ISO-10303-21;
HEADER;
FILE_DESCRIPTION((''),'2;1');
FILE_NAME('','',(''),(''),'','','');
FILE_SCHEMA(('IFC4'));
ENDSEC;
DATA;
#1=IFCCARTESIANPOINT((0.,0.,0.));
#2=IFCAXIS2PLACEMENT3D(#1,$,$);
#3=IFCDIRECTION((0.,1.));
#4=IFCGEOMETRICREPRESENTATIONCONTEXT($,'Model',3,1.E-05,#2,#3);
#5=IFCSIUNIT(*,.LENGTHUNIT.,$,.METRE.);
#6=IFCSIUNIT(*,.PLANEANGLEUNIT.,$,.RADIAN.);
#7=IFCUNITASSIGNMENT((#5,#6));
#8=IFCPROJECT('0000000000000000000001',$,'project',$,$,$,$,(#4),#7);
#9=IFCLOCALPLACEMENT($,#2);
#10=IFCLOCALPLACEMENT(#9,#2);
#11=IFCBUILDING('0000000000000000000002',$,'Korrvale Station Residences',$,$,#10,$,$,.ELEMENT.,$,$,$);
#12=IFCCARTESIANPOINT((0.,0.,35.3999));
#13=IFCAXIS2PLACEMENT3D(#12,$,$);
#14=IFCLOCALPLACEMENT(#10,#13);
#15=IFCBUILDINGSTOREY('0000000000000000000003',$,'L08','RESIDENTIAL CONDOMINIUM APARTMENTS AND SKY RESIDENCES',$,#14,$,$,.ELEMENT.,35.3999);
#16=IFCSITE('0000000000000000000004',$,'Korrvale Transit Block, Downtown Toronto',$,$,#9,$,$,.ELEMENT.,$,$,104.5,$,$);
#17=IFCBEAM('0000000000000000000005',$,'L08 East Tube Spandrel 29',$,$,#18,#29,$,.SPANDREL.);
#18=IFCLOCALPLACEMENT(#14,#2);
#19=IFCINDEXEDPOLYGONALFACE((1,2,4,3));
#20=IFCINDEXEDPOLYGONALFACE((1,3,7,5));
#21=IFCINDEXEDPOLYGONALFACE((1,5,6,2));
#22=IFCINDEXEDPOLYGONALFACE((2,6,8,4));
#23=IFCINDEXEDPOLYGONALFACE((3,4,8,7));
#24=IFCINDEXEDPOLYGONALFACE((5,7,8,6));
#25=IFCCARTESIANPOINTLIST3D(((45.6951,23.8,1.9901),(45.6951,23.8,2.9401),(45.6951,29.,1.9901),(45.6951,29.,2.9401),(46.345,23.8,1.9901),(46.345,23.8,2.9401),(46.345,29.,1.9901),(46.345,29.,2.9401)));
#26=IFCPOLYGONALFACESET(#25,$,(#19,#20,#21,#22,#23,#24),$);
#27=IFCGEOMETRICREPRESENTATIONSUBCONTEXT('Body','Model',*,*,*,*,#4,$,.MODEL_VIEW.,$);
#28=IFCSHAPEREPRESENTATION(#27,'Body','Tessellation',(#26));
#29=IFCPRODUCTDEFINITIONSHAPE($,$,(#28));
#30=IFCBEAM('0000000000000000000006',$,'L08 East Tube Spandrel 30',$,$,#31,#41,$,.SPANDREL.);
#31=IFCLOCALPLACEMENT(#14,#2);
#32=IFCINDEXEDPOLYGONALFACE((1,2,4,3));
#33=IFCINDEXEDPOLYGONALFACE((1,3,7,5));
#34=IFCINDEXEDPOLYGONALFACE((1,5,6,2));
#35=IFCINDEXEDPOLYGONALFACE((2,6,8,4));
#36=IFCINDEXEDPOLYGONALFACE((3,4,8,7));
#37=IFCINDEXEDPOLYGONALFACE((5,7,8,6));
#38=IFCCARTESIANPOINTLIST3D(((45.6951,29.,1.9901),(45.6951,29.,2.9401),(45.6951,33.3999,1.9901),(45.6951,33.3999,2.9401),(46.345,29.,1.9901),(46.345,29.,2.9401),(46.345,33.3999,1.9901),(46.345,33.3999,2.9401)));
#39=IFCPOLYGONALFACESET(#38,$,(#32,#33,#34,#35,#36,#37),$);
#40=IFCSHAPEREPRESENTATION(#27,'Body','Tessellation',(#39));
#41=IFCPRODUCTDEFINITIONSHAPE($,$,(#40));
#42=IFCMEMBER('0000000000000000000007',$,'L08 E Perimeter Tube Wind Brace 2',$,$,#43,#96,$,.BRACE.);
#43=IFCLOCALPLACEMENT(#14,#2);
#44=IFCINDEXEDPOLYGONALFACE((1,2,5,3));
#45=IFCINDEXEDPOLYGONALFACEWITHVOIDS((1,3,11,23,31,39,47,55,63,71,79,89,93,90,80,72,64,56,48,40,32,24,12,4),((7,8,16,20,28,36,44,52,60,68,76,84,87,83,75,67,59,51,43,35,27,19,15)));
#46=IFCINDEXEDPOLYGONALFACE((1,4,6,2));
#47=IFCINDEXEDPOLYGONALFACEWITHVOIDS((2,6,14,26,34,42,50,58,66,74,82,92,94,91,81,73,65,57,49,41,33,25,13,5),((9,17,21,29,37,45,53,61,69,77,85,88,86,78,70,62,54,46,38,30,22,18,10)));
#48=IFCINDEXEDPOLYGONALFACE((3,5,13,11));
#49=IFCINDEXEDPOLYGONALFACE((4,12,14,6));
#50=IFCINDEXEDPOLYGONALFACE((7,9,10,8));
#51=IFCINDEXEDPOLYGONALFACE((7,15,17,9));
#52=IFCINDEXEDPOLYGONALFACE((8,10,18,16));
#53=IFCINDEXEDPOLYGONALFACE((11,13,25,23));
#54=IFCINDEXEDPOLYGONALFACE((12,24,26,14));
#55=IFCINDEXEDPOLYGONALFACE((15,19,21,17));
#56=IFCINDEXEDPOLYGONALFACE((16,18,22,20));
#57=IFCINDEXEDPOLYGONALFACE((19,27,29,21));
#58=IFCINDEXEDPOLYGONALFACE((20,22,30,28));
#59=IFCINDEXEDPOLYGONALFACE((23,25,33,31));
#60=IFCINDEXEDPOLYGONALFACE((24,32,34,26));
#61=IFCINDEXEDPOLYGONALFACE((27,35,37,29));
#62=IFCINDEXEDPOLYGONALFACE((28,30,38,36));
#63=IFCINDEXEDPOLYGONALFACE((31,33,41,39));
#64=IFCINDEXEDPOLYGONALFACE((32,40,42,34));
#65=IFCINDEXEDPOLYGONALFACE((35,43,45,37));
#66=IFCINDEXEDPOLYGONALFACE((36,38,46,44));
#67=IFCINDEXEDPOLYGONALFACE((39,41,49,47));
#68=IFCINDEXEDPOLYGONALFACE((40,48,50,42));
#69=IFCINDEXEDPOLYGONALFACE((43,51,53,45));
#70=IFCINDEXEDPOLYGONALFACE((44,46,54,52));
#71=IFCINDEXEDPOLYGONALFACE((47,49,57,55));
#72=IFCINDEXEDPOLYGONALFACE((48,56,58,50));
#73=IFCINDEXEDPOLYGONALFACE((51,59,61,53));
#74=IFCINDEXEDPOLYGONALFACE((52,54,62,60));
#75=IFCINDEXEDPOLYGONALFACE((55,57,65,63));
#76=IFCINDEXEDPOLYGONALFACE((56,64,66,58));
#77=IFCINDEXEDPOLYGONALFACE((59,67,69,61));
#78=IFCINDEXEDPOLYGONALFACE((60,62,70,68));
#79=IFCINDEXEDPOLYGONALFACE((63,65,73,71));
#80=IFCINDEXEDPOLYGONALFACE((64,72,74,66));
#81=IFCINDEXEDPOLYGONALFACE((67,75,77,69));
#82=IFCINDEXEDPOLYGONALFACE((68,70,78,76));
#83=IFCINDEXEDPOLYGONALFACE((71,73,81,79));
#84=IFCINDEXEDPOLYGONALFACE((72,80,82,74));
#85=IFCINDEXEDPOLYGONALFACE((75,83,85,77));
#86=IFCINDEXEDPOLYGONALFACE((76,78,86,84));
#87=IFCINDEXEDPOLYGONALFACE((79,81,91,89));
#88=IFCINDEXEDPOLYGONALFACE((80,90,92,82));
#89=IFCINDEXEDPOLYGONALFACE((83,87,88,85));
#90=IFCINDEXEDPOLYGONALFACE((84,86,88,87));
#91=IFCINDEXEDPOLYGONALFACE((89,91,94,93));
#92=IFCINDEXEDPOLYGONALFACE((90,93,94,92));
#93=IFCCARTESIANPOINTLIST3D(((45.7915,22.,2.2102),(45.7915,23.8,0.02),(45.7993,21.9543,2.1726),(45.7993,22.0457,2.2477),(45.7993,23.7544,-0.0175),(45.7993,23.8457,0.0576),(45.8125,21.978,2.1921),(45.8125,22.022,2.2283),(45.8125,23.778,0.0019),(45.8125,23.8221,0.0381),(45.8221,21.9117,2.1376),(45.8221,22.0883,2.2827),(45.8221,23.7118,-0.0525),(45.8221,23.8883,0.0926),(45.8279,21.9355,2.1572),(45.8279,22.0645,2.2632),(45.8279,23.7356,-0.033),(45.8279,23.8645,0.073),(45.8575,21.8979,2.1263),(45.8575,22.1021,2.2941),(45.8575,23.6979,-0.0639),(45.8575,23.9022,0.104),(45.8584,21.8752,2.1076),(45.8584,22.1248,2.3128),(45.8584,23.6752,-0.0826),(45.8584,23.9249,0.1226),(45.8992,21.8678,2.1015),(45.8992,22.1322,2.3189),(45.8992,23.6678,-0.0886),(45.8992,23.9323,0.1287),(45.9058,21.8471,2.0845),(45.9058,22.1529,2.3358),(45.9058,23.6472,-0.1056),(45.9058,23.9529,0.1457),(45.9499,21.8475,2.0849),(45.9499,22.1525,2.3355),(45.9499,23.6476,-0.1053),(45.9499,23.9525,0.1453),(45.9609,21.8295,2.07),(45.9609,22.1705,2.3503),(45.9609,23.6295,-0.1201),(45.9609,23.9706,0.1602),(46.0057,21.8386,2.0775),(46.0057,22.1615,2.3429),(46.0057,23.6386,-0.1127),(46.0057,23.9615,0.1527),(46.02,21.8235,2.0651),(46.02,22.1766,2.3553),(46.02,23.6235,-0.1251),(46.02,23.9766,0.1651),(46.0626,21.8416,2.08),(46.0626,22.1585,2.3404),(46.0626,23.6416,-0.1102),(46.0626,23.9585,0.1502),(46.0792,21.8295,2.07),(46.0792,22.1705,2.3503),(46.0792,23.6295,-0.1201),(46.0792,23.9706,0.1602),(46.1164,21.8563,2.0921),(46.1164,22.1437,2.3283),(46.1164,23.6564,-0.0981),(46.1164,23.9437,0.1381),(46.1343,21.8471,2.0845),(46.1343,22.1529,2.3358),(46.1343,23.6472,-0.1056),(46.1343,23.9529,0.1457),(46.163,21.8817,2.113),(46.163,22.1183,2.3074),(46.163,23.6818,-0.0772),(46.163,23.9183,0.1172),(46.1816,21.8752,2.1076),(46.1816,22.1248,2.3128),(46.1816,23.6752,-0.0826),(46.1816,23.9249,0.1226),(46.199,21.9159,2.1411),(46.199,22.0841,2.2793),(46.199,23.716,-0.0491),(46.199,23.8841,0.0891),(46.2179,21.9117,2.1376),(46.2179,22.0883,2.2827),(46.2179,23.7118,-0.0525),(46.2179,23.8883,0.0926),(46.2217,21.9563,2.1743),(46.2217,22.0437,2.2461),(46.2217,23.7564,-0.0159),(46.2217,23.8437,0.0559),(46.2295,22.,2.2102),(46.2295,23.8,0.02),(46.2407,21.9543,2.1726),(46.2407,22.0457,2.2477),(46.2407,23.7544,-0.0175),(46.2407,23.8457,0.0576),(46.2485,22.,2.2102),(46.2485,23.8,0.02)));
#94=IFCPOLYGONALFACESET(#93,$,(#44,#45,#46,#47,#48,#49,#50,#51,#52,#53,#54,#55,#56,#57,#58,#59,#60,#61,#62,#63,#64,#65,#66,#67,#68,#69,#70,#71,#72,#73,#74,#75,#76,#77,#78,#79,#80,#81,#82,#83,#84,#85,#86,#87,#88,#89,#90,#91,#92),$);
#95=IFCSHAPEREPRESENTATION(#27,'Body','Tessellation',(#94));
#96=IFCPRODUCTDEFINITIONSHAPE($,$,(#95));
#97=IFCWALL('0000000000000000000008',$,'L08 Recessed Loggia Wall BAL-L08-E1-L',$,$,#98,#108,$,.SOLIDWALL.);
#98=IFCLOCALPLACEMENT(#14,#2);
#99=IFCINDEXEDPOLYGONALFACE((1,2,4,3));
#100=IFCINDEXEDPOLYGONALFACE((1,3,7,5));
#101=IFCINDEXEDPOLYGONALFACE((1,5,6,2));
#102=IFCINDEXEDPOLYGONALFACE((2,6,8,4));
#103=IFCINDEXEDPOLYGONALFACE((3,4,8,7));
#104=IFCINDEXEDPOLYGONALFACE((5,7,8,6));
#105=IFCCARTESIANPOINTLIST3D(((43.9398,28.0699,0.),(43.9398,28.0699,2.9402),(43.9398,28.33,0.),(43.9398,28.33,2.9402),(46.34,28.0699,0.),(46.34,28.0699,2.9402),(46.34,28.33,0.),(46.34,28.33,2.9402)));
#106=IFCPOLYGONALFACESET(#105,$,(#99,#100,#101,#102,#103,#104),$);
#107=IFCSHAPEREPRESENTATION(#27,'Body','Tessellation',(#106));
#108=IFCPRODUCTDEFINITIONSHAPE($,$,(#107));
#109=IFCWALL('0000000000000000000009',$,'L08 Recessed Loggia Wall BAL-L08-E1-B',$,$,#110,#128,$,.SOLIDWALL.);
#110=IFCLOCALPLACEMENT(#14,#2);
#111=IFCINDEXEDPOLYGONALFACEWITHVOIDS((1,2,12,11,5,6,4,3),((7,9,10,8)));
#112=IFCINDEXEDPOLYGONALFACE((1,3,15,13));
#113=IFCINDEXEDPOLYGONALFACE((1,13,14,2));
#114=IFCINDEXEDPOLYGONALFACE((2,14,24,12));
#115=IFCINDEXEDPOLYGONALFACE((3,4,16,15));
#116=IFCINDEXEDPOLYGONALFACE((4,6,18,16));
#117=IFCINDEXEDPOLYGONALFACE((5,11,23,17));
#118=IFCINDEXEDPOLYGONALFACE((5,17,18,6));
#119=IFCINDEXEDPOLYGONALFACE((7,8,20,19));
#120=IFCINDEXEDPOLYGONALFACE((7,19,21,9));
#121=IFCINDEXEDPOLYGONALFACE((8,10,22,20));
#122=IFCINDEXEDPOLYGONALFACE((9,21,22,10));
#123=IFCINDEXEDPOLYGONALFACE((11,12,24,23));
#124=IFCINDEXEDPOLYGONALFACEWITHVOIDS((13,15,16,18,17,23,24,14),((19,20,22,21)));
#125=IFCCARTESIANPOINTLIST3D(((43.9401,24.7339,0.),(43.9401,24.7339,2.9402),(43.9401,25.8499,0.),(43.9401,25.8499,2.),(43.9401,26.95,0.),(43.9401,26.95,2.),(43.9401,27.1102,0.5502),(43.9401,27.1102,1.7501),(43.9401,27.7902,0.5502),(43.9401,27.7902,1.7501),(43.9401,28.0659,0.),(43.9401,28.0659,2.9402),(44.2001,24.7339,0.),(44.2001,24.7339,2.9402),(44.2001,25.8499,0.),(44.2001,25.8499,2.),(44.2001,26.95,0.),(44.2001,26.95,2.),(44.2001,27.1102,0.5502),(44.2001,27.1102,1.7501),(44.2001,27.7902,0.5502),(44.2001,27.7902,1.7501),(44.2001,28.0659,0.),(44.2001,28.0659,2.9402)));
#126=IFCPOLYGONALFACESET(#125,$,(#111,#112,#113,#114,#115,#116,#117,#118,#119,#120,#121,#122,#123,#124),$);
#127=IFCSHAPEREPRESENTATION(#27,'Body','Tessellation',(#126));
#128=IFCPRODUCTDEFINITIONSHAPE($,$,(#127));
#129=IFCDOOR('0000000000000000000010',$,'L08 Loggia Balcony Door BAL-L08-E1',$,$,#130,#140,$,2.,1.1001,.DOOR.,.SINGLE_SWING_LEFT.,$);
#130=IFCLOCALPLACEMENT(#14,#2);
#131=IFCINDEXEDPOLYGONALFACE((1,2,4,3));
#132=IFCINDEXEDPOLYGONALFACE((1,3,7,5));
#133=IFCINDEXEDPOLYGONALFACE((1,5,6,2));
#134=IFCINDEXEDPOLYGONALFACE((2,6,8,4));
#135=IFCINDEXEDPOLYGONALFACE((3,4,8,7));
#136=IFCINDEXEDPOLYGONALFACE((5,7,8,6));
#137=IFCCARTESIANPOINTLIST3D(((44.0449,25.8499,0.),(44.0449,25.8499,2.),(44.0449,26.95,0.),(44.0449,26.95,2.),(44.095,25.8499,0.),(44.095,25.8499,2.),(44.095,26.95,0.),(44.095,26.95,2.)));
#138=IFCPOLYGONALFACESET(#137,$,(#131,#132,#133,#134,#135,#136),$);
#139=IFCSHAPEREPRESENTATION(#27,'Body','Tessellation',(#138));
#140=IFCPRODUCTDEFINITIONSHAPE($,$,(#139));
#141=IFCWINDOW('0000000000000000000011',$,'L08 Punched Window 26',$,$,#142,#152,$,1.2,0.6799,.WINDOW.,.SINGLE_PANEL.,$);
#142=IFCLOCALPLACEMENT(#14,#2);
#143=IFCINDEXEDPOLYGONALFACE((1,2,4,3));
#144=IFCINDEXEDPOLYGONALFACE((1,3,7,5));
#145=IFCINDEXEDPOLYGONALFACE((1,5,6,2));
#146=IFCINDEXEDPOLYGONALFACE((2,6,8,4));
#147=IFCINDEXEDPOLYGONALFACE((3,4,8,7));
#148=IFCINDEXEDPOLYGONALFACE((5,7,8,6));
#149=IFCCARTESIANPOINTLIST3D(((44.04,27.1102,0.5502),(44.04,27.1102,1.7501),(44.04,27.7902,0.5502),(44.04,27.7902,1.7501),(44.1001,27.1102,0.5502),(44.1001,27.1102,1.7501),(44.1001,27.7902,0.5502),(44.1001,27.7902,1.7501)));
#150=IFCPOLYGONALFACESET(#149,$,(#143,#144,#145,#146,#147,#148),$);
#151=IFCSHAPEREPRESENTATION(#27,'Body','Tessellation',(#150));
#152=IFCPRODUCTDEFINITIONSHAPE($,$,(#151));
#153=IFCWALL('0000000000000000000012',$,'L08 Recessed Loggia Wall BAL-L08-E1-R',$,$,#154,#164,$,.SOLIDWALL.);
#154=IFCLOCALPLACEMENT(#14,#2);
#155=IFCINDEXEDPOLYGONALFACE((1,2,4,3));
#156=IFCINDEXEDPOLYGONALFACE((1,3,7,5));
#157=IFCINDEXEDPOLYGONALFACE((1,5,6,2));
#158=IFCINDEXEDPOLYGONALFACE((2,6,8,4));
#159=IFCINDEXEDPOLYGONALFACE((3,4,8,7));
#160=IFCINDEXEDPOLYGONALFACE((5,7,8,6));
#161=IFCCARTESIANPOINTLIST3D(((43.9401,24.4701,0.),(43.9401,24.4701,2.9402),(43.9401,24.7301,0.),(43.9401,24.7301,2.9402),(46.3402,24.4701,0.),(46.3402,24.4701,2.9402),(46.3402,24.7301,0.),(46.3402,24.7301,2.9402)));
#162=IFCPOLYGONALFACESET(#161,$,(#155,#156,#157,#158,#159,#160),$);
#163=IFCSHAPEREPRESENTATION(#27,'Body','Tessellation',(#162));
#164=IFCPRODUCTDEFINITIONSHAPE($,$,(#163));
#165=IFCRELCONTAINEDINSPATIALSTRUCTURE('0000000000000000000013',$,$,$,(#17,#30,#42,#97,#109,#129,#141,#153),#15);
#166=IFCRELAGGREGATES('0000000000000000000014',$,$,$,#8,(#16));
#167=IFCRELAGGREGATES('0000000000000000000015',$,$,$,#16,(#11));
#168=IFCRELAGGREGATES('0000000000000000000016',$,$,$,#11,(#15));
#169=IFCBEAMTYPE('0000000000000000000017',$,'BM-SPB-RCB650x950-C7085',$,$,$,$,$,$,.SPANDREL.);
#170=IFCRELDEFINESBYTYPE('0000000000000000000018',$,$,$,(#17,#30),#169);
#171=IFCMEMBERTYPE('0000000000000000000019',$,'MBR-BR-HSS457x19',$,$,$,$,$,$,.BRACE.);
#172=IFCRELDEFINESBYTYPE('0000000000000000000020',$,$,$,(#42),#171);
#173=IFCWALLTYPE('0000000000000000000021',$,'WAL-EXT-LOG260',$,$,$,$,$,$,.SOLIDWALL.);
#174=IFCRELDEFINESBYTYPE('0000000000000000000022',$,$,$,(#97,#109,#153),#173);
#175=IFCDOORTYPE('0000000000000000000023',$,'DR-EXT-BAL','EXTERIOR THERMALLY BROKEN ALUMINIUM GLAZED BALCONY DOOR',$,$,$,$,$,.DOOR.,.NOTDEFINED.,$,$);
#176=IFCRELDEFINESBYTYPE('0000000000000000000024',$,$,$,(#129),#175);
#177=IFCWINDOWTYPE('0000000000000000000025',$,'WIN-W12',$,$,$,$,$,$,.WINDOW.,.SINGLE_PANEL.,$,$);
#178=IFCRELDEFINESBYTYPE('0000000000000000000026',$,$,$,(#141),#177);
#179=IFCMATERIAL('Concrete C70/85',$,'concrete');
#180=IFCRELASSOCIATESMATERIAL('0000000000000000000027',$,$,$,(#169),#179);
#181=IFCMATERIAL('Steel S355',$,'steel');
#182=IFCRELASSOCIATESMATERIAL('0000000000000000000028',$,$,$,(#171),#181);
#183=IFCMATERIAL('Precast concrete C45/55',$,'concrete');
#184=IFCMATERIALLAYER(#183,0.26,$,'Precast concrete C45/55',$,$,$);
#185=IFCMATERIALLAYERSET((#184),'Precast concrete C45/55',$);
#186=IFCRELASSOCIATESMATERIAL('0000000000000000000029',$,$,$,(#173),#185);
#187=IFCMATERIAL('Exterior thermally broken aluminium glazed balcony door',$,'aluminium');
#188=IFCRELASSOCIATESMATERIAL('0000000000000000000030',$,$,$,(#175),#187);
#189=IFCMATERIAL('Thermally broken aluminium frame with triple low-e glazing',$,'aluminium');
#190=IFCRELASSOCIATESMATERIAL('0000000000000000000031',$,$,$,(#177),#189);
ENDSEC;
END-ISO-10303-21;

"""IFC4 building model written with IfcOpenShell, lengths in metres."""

from ifc_helpers import new_model, si_unit, direction, frame, frame_2d, origin, origin_2d, place, context, subcontext, project, spatial, rectangle, hollow_circle, extrude, material, layer, layer_set, material_profile, profile_set, type_object, element, fill, save


model = new_model("IFC4")

# Units and contexts
model_context = context("Model", 3, precision=1e-05, world=origin(), true_north=direction((0.0, 1.0)))
body_context = subcontext(model_context, "Body", "Model", "MODEL_VIEW")
ifc_project = project(units=[si_unit("LENGTHUNIT", "METRE"), si_unit("PLANEANGLEUNIT", "RADIAN")], contexts=[model_context])

# Site, building, storey
site_placement = place(None, origin())
site = spatial("IfcSite", under=ifc_project, at=site_placement, Name="Korrvale Transit Block, Downtown Toronto", CompositionType="ELEMENT", RefElevation=104.5)
building_placement = place(site_placement, origin())
building = spatial("IfcBuilding", under=site, at=building_placement, Name="Korrvale Station Residences", CompositionType="ELEMENT")
storey_placement = place(building_placement, frame((0.0, 0.0, 35.3999)))
storey = spatial("IfcBuildingStorey", under=building, at=storey_placement, Name="L08", Description="RESIDENTIAL CONDOMINIUM APARTMENTS AND SKY RESIDENCES", CompositionType="ELEMENT", Elevation=35.3999)

# Shared definitions
ifc_material_1 = material(Name="Concrete C70/85", Category="concrete")

# Beams
ifc_material_2 = material(Name="Steel S355", Category="steel")
ifc_material_profile_1 = material_profile(ifc_material_1, rectangle(XDim=0.6499, YDim=0.95, at=origin_2d()), Name="RCB650x950")
ifc_profile_set_1 = profile_set([ifc_material_profile_1], Name="Concrete C70/85")
beam_type_1 = type_object("IfcBeamType", Name="BM-SPB-RCB650x950-C7085", PredefinedType="SPANDREL", material=ifc_profile_set_1)
beam_1_placement = place(storey_placement, frame((46.02, 23.8, 2.4651), z_axis=(0.0, 1.0, 0.0), x_axis=(-1.0, 0.0, 0.0)))
element("IfcBeam", 1, at=beam_1_placement, inside=storey, type_object=beam_type_1, Name="L08 East Tube Spandrel 29", PredefinedType="SPANDREL", context=body_context, shape_type="SweptSolid", body=[
    extrude(rectangle(XDim=0.6499, YDim=0.95, at=origin_2d()), origin(), (0.0, 0.0, 1.0), 5.2),
])
beam_2_placement = place(storey_placement, frame((46.02, 29.0, 2.4651), z_axis=(0.0, 1.0, 0.0), x_axis=(-1.0, 0.0, 0.0)))
element("IfcBeam", 2, at=beam_2_placement, inside=storey, type_object=beam_type_1, Name="L08 East Tube Spandrel 30", PredefinedType="SPANDREL", context=body_context, shape_type="SweptSolid", body=[
    extrude(rectangle(XDim=0.6499, YDim=0.95, at=origin_2d()), origin(), (0.0, 0.0, 1.0), 4.3999),
])

# Member
ifc_material_profile_2 = material_profile(ifc_material_2, hollow_circle(Radius=0.2285, WallThickness=0.019, at=origin_2d()), Name="HSS457x19")
ifc_profile_set_2 = profile_set([ifc_material_profile_2], Name="Steel S355")
member_type = type_object("IfcMemberType", Name="MBR-BR-HSS457x19", PredefinedType="BRACE", material=ifc_profile_set_2)
member_placement = place(storey_placement, frame((46.02, 23.8, 0.02), z_axis=(0.0, -0.634943, 0.772559), x_axis=(1.0, 0.0, 0.0)))
element("IfcMember", 3, at=member_placement, inside=storey, type_object=member_type, Name="L08 E Perimeter Tube Wind Brace 2", PredefinedType="BRACE", context=body_context, shape_type="SweptSolid", body=[
    extrude(hollow_circle(Radius=0.2285, WallThickness=0.019, at=origin_2d()), origin(), (0.0, 0.0, 1.0), 2.835),
])

# Wall
ifc_material_3 = material(Name="Precast concrete C45/55", Category="concrete")
ifc_layer_1 = layer(ifc_material_3, 0.26, Name="Precast concrete C45/55")
ifc_layer_set_1 = layer_set([ifc_layer_1], Name="Precast concrete C45/55")
wall_type_1 = type_object("IfcWallType", Name="WAL-EXT-LOG260", PredefinedType="SOLIDWALL", material=ifc_layer_set_1)
wall_1_placement = place(storey_placement, frame((46.3401, 28.2, 0.0), z_axis=(0.0, 0.0, 1.0), x_axis=(-1.0, 0.0, 0.0)))
element("IfcWall", 4, at=wall_1_placement, inside=storey, type_object=wall_type_1, Name="L08 Recessed Loggia Wall BAL-L08-E1-L", PredefinedType="SOLIDWALL", context=body_context, shape_type="SweptSolid", body=[
    extrude(rectangle(XDim=2.4001, YDim=0.26, at=frame_2d((1.2002, 0.0))), origin(), (0.0, 0.0, 1.0), 2.9402),
])

# Wall, openings, door, window
wall_2_placement = place(storey_placement, frame((44.0701, 28.0659, 0.0), z_axis=(0.0, 0.0, 1.0), x_axis=(0.0, -1.0, 0.0)))
wall_2 = element("IfcWall", 5, at=wall_2_placement, inside=storey, type_object=wall_type_1, Name="L08 Recessed Loggia Wall BAL-L08-E1-B", PredefinedType="SOLIDWALL", context=body_context, shape_type="SweptSolid", body=[
    extrude(rectangle(XDim=3.332, YDim=0.26, at=frame_2d((1.666, 0.0))), origin(), (0.0, 0.0, 1.0), 2.9402),
])
opening_1_placement = place(wall_2_placement, frame((1.116, 0.0, 0.0)))
opening_1 = element("IfcOpeningElement", 6, at=opening_1_placement, cuts=wall_2, PredefinedType="OPENING", context=body_context, shape_type="SweptSolid", body=[
    extrude(rectangle(XDim=1.1001, YDim=2.0, at=frame_2d((0.55, 1.0))), frame((0.0, 0.1401, 0.0), z_axis=(0.0, -1.0, 0.0), x_axis=(1.0, 0.0, 0.0)), (0.0, 0.0, 1.0), 0.28),
])
opening_2_placement = place(wall_2_placement, frame((0.2759, 0.0, 0.55)))
opening_2 = element("IfcOpeningElement", 7, at=opening_2_placement, cuts=wall_2, PredefinedType="OPENING", context=body_context, shape_type="SweptSolid", body=[
    extrude(rectangle(XDim=0.6799, YDim=1.2, at=frame_2d((0.3398, 0.6001))), frame((0.0, 0.1401, 0.0), z_axis=(0.0, -1.0, 0.0), x_axis=(1.0, 0.0, 0.0)), (0.0, 0.0, 1.0), 0.28),
])
ifc_material_4 = material(Name="Exterior thermally broken aluminium glazed balcony door", Category="aluminium")
door_type_1 = type_object("IfcDoorType", Name="DR-EXT-BAL", Description="EXTERIOR THERMALLY BROKEN ALUMINIUM GLAZED BALCONY DOOR", OperationType="NOTDEFINED", PredefinedType="DOOR", material=ifc_material_4)
door_1_placement = place(opening_1_placement, origin())
door_1 = element("IfcDoor", 8, at=door_1_placement, inside=storey, type_object=door_type_1, Name="L08 Loggia Balcony Door BAL-L08-E1", OperationType="SINGLE_SWING_LEFT", OverallHeight=2.0, OverallWidth=1.1001, PredefinedType="DOOR", context=body_context, shape_type="SweptSolid", body=[
    extrude(rectangle(XDim=1.1001, YDim=2.0, at=frame_2d((0.55, 1.0))), frame((0.0, 0.0249, 0.0), z_axis=(0.0, -1.0, 0.0), x_axis=(1.0, 0.0, 0.0)), (0.0, 0.0, 1.0), 0.05),
])
fill(opening_1, door_1)
ifc_material_5 = material(Name="Thermally broken aluminium frame with triple low-e glazing", Category="aluminium")
window_type_1 = type_object("IfcWindowType", Name="WIN-W12", PartitioningType="SINGLE_PANEL", PredefinedType="WINDOW", material=ifc_material_5)
window_1_placement = place(opening_2_placement, origin())
window_1 = element("IfcWindow", 9, at=window_1_placement, inside=storey, type_object=window_type_1, Name="L08 Punched Window 26", OverallHeight=1.2, OverallWidth=0.6799, PartitioningType="SINGLE_PANEL", PredefinedType="WINDOW", context=body_context, shape_type="SweptSolid", body=[
    extrude(rectangle(XDim=0.6799, YDim=1.2, at=frame_2d((0.3398, 0.6001))), frame((0.0, 0.03, 0.0), z_axis=(0.0, -1.0, 0.0), x_axis=(1.0, 0.0, 0.0)), (0.0, 0.0, 1.0), 0.0601),
])
fill(opening_2, window_1)

# Wall
wall_3_placement = place(storey_placement, frame((43.9399, 24.6001, 0.0), z_axis=(0.0, 0.0, 1.0), x_axis=(1.0, 0.0, 0.0)))
element("IfcWall", 10, at=wall_3_placement, inside=storey, type_object=wall_type_1, Name="L08 Recessed Loggia Wall BAL-L08-E1-R", PredefinedType="SOLIDWALL", context=body_context, shape_type="SweptSolid", body=[
    extrude(rectangle(XDim=2.4001, YDim=0.26, at=frame_2d((1.2002, 0.0))), origin(), (0.0, 0.0, 1.0), 2.9402),
])

save(model, "model.ifc")
